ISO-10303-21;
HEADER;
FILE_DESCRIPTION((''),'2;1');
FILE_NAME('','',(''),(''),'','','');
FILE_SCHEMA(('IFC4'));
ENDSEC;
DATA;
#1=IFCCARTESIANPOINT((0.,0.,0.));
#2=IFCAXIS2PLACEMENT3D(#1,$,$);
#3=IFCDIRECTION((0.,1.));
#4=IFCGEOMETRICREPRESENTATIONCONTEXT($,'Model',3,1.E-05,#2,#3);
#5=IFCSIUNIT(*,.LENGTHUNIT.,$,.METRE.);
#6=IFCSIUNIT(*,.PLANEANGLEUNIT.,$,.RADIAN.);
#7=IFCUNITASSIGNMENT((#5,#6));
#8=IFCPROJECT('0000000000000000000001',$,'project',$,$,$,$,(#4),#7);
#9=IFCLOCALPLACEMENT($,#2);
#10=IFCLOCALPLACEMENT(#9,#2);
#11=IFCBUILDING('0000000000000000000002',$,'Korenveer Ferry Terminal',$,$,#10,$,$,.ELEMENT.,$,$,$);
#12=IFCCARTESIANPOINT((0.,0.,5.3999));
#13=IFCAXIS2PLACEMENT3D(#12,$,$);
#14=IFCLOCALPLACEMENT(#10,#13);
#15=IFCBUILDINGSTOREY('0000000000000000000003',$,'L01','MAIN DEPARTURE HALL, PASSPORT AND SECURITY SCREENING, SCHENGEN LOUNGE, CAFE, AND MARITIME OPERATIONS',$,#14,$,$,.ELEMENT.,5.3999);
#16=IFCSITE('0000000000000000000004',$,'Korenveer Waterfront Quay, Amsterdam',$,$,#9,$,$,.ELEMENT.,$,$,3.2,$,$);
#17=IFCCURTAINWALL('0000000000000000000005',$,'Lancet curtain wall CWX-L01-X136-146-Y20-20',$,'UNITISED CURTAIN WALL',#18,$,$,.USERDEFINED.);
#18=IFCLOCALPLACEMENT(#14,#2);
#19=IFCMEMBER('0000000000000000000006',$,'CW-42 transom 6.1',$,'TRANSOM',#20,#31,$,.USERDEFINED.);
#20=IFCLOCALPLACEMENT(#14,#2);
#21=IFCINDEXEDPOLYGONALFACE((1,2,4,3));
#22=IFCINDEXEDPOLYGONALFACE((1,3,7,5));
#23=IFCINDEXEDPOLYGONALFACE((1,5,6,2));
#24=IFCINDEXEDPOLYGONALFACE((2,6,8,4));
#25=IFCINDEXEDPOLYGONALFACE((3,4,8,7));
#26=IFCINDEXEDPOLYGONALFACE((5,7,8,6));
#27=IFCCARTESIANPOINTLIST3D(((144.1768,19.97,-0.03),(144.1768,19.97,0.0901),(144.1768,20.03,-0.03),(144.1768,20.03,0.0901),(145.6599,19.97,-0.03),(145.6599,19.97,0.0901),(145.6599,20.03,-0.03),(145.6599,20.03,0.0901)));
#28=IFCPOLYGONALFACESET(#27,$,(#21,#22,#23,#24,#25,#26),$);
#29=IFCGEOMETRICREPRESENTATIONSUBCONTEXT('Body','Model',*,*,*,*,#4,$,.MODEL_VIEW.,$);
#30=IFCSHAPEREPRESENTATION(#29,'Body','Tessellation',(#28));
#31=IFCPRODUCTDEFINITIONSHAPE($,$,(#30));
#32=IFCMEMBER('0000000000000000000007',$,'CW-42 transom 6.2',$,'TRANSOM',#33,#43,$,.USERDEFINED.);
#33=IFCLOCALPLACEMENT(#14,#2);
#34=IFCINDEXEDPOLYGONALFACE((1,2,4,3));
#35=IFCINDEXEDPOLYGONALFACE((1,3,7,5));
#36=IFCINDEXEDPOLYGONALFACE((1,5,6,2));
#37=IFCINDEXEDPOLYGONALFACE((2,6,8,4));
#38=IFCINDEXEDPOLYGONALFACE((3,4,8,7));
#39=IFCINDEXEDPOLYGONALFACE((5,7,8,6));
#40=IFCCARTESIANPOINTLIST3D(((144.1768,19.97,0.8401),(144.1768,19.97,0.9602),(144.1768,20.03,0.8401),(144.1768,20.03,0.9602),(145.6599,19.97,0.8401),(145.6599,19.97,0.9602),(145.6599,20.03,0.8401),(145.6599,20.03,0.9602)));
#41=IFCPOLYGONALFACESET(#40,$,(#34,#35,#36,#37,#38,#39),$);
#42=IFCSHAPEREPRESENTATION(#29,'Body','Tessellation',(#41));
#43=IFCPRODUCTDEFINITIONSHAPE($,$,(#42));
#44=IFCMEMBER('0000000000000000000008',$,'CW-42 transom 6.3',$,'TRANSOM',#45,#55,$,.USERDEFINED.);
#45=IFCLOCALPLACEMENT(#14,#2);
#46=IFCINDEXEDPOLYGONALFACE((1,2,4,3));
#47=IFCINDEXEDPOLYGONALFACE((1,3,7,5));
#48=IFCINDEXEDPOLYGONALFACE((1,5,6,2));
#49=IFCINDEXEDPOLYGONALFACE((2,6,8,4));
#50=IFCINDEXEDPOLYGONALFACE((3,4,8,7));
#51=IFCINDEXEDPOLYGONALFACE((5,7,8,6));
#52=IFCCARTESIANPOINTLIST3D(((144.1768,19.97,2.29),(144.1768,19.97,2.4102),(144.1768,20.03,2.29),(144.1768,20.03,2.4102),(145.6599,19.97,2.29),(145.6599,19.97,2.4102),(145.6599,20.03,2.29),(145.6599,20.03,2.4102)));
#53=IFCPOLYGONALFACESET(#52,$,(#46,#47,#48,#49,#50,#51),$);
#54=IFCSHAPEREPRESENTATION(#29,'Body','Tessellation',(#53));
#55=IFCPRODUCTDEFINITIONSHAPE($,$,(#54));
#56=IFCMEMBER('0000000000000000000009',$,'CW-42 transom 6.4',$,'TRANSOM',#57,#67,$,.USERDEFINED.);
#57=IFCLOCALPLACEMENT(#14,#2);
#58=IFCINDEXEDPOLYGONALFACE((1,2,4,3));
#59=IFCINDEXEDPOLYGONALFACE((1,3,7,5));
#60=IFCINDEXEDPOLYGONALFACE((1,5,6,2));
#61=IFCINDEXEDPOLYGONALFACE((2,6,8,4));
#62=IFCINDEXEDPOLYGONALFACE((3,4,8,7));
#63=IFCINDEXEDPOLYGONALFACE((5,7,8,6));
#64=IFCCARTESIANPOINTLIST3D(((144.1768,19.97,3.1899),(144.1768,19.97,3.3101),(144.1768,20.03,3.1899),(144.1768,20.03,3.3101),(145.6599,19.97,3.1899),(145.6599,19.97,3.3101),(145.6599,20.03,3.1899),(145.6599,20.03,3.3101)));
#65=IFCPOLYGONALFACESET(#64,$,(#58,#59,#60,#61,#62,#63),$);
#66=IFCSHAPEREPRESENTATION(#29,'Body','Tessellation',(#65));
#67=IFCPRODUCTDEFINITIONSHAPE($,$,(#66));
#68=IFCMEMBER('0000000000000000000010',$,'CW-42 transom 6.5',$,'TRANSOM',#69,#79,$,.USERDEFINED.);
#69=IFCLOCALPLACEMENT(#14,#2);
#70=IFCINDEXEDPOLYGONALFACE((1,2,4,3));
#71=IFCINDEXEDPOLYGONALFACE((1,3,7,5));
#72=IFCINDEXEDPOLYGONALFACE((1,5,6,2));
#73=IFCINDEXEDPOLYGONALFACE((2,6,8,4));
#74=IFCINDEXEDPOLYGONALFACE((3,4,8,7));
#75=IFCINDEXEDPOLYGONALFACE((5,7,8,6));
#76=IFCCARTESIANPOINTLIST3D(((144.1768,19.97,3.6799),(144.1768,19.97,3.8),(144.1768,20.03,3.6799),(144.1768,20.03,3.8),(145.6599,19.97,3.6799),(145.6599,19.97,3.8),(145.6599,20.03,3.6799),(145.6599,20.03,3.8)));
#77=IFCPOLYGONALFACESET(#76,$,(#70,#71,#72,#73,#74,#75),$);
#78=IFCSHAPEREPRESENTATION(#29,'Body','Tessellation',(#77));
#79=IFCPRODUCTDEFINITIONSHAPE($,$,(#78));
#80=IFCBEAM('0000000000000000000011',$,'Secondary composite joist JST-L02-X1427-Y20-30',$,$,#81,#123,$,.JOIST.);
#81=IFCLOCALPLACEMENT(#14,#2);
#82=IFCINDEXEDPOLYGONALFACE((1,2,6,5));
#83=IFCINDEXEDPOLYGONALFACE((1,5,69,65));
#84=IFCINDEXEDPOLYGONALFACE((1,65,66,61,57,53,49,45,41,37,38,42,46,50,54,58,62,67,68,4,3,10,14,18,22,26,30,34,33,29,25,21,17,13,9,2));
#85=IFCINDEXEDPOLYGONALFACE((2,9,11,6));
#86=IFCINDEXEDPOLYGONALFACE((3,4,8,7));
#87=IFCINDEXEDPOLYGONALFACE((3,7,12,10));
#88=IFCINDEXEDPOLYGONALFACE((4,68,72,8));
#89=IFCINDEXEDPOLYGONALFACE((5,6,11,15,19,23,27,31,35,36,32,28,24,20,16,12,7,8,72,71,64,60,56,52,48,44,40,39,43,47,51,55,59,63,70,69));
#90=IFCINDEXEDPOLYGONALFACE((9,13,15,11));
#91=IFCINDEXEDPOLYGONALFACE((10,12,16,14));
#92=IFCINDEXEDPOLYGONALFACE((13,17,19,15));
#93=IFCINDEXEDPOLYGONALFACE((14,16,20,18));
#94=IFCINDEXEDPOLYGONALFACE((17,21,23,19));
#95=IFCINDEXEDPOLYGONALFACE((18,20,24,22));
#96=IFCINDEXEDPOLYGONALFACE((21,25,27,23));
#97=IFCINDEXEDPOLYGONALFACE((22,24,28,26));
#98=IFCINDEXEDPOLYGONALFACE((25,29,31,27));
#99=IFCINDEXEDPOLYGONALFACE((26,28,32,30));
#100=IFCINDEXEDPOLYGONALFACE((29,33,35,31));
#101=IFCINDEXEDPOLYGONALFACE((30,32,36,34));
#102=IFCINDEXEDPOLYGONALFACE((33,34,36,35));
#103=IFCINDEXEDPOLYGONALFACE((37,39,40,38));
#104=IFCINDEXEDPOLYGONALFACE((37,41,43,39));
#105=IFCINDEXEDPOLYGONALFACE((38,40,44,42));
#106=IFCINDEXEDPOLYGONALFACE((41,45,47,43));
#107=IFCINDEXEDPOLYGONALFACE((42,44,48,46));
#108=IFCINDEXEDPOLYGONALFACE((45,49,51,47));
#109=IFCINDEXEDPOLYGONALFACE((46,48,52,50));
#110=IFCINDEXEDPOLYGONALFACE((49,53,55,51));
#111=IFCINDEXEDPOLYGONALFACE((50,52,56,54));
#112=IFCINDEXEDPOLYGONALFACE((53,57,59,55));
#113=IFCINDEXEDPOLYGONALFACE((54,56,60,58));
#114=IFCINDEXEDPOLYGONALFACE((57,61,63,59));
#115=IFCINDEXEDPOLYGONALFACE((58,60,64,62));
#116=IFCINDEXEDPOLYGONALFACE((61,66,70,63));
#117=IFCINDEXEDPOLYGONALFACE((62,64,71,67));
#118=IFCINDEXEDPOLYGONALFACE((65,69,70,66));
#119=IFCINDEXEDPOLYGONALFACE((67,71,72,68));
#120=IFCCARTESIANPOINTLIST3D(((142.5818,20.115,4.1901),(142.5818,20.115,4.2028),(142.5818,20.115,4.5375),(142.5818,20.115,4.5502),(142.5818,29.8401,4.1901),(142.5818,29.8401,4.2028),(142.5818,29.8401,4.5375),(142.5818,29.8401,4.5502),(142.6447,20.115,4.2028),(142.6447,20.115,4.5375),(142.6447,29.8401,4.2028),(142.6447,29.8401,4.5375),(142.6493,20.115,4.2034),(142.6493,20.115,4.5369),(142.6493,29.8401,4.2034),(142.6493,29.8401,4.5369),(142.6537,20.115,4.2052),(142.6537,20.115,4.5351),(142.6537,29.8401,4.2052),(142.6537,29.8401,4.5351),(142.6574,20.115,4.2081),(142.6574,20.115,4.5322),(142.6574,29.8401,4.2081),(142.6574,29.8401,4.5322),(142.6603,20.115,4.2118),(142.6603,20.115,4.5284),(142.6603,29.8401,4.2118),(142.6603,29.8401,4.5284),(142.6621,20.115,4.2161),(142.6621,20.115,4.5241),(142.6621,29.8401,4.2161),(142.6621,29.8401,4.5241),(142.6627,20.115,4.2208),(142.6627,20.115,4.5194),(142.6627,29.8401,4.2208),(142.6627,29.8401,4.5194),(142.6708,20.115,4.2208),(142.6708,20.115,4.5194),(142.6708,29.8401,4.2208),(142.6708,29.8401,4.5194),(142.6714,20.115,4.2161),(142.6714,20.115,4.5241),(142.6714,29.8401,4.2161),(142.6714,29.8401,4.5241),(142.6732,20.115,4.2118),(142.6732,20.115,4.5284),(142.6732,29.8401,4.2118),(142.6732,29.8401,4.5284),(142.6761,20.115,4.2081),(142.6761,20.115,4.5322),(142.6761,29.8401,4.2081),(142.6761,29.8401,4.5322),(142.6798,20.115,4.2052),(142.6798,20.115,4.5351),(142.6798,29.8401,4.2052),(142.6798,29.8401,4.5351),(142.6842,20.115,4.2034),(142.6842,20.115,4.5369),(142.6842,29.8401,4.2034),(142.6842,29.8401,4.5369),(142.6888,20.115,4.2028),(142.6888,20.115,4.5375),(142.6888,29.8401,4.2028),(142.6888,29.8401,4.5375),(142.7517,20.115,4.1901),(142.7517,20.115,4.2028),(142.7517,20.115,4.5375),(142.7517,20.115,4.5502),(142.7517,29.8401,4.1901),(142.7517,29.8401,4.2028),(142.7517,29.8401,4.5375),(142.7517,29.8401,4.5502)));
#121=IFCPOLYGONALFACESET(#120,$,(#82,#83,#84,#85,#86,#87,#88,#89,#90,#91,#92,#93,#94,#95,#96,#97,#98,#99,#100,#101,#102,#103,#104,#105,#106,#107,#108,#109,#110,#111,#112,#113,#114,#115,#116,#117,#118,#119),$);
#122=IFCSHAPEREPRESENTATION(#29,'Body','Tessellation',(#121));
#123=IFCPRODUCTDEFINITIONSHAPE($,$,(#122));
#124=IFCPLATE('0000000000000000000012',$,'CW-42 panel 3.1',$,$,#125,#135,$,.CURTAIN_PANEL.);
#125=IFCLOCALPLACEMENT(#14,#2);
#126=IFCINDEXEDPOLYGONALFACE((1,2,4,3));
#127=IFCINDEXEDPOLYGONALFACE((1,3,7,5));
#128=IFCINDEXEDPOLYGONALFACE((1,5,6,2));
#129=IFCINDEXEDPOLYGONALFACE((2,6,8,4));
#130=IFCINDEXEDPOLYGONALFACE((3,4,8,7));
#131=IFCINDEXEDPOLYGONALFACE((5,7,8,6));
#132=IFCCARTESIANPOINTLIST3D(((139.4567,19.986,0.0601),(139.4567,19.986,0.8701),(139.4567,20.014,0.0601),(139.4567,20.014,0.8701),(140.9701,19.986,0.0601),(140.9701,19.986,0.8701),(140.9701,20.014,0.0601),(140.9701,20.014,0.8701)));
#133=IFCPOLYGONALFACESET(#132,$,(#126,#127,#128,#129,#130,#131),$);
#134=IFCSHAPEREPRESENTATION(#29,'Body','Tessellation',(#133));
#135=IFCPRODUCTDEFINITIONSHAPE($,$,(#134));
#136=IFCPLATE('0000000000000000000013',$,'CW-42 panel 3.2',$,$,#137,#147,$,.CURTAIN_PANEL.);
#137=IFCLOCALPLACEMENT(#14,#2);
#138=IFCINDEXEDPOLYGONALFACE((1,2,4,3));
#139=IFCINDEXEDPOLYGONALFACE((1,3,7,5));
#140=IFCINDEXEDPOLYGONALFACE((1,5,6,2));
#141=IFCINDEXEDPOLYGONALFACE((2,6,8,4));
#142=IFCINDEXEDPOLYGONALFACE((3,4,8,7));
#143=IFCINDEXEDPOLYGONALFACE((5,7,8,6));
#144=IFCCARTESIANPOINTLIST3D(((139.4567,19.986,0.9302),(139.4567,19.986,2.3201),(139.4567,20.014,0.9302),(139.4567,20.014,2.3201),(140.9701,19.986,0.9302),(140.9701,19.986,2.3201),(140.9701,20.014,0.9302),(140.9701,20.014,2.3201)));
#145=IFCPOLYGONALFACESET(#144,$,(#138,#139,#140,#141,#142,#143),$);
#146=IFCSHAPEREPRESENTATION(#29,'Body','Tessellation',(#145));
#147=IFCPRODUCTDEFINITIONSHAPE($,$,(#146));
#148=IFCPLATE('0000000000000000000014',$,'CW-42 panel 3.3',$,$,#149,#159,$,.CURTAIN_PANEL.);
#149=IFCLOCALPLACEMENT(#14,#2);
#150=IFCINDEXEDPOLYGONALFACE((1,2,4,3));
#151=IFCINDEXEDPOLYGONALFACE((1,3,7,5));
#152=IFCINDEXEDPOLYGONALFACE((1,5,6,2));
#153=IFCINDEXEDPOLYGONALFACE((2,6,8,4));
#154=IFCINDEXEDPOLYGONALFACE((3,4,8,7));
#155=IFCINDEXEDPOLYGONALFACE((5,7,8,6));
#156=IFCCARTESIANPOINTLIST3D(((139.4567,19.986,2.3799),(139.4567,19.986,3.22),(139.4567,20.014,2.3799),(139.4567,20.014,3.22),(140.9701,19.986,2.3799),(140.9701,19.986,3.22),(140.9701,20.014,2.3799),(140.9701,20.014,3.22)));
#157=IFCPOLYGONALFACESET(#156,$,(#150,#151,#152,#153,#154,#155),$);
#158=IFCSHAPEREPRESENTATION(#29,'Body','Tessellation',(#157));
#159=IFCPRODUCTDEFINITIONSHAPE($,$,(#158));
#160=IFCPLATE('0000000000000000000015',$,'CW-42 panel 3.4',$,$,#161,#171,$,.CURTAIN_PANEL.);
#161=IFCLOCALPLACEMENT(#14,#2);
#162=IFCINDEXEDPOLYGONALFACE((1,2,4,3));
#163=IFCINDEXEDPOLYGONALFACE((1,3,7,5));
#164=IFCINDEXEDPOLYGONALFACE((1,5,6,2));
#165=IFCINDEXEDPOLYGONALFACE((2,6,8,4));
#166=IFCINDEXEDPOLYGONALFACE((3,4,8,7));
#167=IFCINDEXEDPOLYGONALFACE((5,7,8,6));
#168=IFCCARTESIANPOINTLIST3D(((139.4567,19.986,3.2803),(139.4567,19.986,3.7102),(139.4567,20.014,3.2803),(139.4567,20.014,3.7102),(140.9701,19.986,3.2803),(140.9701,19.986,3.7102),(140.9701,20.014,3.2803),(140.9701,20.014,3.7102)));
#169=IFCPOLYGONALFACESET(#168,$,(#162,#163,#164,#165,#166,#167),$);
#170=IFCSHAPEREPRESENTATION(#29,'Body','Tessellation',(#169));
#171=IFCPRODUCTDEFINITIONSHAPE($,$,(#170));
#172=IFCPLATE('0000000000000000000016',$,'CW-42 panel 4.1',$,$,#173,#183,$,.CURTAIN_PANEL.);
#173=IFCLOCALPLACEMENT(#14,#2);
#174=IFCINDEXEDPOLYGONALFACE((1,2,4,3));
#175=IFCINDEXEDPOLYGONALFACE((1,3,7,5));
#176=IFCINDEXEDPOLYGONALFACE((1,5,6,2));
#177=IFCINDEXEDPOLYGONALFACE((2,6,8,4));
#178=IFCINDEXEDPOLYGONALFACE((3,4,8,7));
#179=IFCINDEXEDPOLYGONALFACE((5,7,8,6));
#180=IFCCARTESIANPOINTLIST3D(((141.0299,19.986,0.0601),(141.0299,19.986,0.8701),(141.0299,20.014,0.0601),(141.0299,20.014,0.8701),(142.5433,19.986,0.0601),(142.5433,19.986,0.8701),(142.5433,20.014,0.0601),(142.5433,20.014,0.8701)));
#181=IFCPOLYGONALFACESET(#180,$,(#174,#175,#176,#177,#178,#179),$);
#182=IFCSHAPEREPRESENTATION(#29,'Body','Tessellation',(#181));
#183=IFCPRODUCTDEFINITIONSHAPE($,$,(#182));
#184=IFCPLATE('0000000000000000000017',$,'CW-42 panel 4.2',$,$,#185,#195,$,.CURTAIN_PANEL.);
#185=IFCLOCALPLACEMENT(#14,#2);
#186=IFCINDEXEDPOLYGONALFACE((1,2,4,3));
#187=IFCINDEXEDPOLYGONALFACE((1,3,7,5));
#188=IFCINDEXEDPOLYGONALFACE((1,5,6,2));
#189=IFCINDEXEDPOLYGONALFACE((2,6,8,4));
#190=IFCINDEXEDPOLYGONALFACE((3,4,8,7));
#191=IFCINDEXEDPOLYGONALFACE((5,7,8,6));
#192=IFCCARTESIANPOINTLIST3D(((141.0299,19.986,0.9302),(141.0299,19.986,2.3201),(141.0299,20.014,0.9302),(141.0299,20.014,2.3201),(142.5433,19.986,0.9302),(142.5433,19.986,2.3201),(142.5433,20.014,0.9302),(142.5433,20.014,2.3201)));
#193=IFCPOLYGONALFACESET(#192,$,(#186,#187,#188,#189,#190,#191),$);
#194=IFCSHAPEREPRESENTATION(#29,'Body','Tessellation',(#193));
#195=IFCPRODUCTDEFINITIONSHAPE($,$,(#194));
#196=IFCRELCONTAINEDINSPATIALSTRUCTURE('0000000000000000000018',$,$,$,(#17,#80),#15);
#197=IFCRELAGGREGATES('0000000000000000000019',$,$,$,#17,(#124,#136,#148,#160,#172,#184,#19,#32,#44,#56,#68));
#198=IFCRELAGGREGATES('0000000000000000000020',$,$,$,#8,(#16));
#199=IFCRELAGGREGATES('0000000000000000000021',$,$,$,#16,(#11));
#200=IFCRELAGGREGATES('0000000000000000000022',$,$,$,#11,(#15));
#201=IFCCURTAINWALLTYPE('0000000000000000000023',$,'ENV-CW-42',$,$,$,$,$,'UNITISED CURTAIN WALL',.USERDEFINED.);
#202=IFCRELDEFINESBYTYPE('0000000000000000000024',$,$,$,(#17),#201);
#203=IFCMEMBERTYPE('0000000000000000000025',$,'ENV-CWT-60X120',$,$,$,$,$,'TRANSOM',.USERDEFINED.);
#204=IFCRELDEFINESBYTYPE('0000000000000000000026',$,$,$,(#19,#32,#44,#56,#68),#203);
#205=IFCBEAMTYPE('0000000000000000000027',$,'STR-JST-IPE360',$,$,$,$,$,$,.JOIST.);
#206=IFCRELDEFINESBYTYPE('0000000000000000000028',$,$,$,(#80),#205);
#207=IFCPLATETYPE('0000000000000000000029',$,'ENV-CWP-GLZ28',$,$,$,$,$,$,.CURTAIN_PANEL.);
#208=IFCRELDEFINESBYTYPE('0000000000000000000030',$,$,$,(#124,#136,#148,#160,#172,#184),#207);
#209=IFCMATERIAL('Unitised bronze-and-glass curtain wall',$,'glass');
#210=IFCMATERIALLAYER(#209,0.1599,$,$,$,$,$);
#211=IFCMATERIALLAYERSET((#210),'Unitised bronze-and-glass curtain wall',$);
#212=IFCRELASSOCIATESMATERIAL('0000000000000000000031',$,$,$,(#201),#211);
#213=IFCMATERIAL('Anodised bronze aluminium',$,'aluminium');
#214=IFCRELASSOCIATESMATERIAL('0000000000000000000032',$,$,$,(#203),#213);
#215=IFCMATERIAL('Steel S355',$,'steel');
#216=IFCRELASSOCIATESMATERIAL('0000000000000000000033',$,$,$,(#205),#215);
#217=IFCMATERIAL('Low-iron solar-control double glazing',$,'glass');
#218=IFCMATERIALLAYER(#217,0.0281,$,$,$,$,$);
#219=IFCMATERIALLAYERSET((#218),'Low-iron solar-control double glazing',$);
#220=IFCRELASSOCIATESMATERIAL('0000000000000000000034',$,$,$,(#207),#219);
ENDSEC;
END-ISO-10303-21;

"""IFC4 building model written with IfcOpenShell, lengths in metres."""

from ifc_helpers import new_model, si_unit, direction, frame, origin, origin_2d, place, context, subcontext, project, spatial, rectangle, i_section, extrude, material, layer, layer_set, material_profile, profile_set, type_object, element, aggregate, save


model = new_model("IFC4")

# Units and contexts
model_context = context("Model", 3, precision=1e-05, world=origin(), true_north=direction((0.0, 1.0)))
body_context = subcontext(model_context, "Body", "Model", "MODEL_VIEW")
ifc_project = project(units=[si_unit("LENGTHUNIT", "METRE"), si_unit("PLANEANGLEUNIT", "RADIAN")], contexts=[model_context])

# Site, building, storey
site_placement = place(None, origin())
site = spatial("IfcSite", under=ifc_project, at=site_placement, Name="Korenveer Waterfront Quay, Amsterdam", CompositionType="ELEMENT", RefElevation=3.2)
building_placement = place(site_placement, origin())
building = spatial("IfcBuilding", under=site, at=building_placement, Name="Korenveer Ferry Terminal", CompositionType="ELEMENT")
storey_placement = place(building_placement, frame((0.0, 0.0, 5.3999)))
storey = spatial("IfcBuildingStorey", under=building, at=storey_placement, Name="L01", Description="MAIN DEPARTURE HALL, PASSPORT AND SECURITY SCREENING, SCHENGEN LOUNGE, CAFE, AND MARITIME OPERATIONS", CompositionType="ELEMENT", Elevation=5.3999)

# Curtain wall, members
ifc_material_1 = material(Name="Unitised bronze-and-glass curtain wall", Category="glass")
ifc_layer_1 = layer(ifc_material_1, 0.1599)
ifc_layer_set_1 = layer_set([ifc_layer_1], Name="Unitised bronze-and-glass curtain wall")
curtain_wall_type = type_object("IfcCurtainWallType", Name="ENV-CW-42", ElementType="UNITISED CURTAIN WALL", PredefinedType="USERDEFINED", material=ifc_layer_set_1)
curtain_wall_placement = place(storey_placement, frame((136.28, 20.0, 0.0)))
curtain_wall = element("IfcCurtainWall", 1, at=curtain_wall_placement, inside=storey, type_object=curtain_wall_type, Name="Lancet curtain wall CWX-L01-X136-146-Y20-20", ObjectType="UNITISED CURTAIN WALL", PredefinedType="USERDEFINED")
ifc_material_2 = material(Name="Anodised bronze aluminium", Category="aluminium")
ifc_material_profile_1 = material_profile(ifc_material_2, rectangle(XDim=0.0601, YDim=0.1201, at=origin_2d()), Name="ALU 60x120")
ifc_profile_set_1 = profile_set([ifc_material_profile_1], Name="Anodised bronze aluminium")
member_type_1 = type_object("IfcMemberType", Name="ENV-CWT-60X120", ElementType="TRANSOM", PredefinedType="USERDEFINED", material=ifc_profile_set_1)
member_1_placement = place(storey_placement, frame((144.1768, 20.0, 0.03), z_axis=(1.0, 0.0, 0.0), x_axis=(0.0, 1.0, 0.0)))
member_1 = element("IfcMember", 2, at=member_1_placement, type_object=member_type_1, Name="CW-42 transom 6.1", ObjectType="TRANSOM", PredefinedType="USERDEFINED", context=body_context, shape_type="SweptSolid", body=[
    extrude(rectangle(XDim=0.0601, YDim=0.1201, at=origin_2d()), origin(), (0.0, 0.0, 1.0), 1.4832),
])
member_2_placement = place(storey_placement, frame((144.1768, 20.0, 0.9001), z_axis=(1.0, 0.0, 0.0), x_axis=(0.0, 1.0, 0.0)))
member_2 = element("IfcMember", 3, at=member_2_placement, type_object=member_type_1, Name="CW-42 transom 6.2", ObjectType="TRANSOM", PredefinedType="USERDEFINED", context=body_context, shape_type="SweptSolid", body=[
    extrude(rectangle(XDim=0.0601, YDim=0.1201, at=origin_2d()), origin(), (0.0, 0.0, 1.0), 1.4832),
])
member_3_placement = place(storey_placement, frame((144.1768, 20.0, 2.3501), z_axis=(1.0, 0.0, 0.0), x_axis=(0.0, 1.0, 0.0)))
member_3 = element("IfcMember", 4, at=member_3_placement, type_object=member_type_1, Name="CW-42 transom 6.3", ObjectType="TRANSOM", PredefinedType="USERDEFINED", context=body_context, shape_type="SweptSolid", body=[
    extrude(rectangle(XDim=0.0601, YDim=0.1201, at=origin_2d()), origin(), (0.0, 0.0, 1.0), 1.4832),
])
member_4_placement = place(storey_placement, frame((144.1768, 20.0, 3.25), z_axis=(1.0, 0.0, 0.0), x_axis=(0.0, 1.0, 0.0)))
member_4 = element("IfcMember", 5, at=member_4_placement, type_object=member_type_1, Name="CW-42 transom 6.4", ObjectType="TRANSOM", PredefinedType="USERDEFINED", context=body_context, shape_type="SweptSolid", body=[
    extrude(rectangle(XDim=0.0601, YDim=0.1201, at=origin_2d()), origin(), (0.0, 0.0, 1.0), 1.4832),
])
member_5_placement = place(storey_placement, frame((144.1768, 20.0, 3.74), z_axis=(1.0, 0.0, 0.0), x_axis=(0.0, 1.0, 0.0)))
member_5 = element("IfcMember", 6, at=member_5_placement, type_object=member_type_1, Name="CW-42 transom 6.5", ObjectType="TRANSOM", PredefinedType="USERDEFINED", context=body_context, shape_type="SweptSolid", body=[
    extrude(rectangle(XDim=0.0601, YDim=0.1201, at=origin_2d()), origin(), (0.0, 0.0, 1.0), 1.4832),
])

# Beam
ifc_material_3 = material(Name="Steel S355", Category="steel")
ifc_material_profile_2 = material_profile(ifc_material_3, i_section(OverallWidth=0.1699, OverallDepth=0.3601, WebThickness=0.0081, FlangeThickness=0.0127, FilletRadius=0.0181, at=origin_2d()), Name="IPE 360")
ifc_profile_set_2 = profile_set([ifc_material_profile_2], Name="Steel S355")
beam_type = type_object("IfcBeamType", Name="STR-JST-IPE360", PredefinedType="JOIST", material=ifc_profile_set_2)
beam_placement = place(storey_placement, frame((142.6667, 20.115, 4.3701), z_axis=(0.0, 1.0, 0.0), x_axis=(-1.0, 0.0, 0.0)))
element("IfcBeam", 7, at=beam_placement, inside=storey, type_object=beam_type, Name="Secondary composite joist JST-L02-X1427-Y20-30", PredefinedType="JOIST", context=body_context, shape_type="SweptSolid", body=[
    extrude(i_section(OverallWidth=0.1699, OverallDepth=0.3601, WebThickness=0.0081, FlangeThickness=0.0127, FilletRadius=0.0181, at=origin_2d()), origin(), (0.0, 0.0, 1.0), 9.7251),
])

# Plates
ifc_material_4 = material(Name="Low-iron solar-control double glazing", Category="glass")
ifc_layer_2 = layer(ifc_material_4, 0.0281)
ifc_layer_set_2 = layer_set([ifc_layer_2], Name="Low-iron solar-control double glazing")
plate_type = type_object("IfcPlateType", Name="ENV-CWP-GLZ28", PredefinedType="CURTAIN_PANEL", material=ifc_layer_set_2)
plate_1_placement = place(storey_placement, frame((140.2134, 20.0, 0.0601), z_axis=(0.0, 0.0, 1.0), x_axis=(1.0, 0.0, 0.0)))
plate_1 = element("IfcPlate", 8, at=plate_1_placement, type_object=plate_type, Name="CW-42 panel 3.1", PredefinedType="CURTAIN_PANEL", context=body_context, shape_type="SweptSolid", body=[
    extrude(rectangle(XDim=1.5134, YDim=0.0281, at=origin_2d()), origin(), (0.0, 0.0, 1.0), 0.8101),
])
plate_2_placement = place(storey_placement, frame((140.2134, 20.0, 0.9302), z_axis=(0.0, 0.0, 1.0), x_axis=(1.0, 0.0, 0.0)))
plate_2 = element("IfcPlate", 9, at=plate_2_placement, type_object=plate_type, Name="CW-42 panel 3.2", PredefinedType="CURTAIN_PANEL", context=body_context, shape_type="SweptSolid", body=[
    extrude(rectangle(XDim=1.5134, YDim=0.0281, at=origin_2d()), origin(), (0.0, 0.0, 1.0), 1.3899),
])
plate_3_placement = place(storey_placement, frame((140.2134, 20.0, 2.3799), z_axis=(0.0, 0.0, 1.0), x_axis=(1.0, 0.0, 0.0)))
plate_3 = element("IfcPlate", 10, at=plate_3_placement, type_object=plate_type, Name="CW-42 panel 3.3", PredefinedType="CURTAIN_PANEL", context=body_context, shape_type="SweptSolid", body=[
    extrude(rectangle(XDim=1.5134, YDim=0.0281, at=origin_2d()), origin(), (0.0, 0.0, 1.0), 0.8401),
])
plate_4_placement = place(storey_placement, frame((140.2134, 20.0, 3.2803), z_axis=(0.0, 0.0, 1.0), x_axis=(1.0, 0.0, 0.0)))
plate_4 = element("IfcPlate", 11, at=plate_4_placement, type_object=plate_type, Name="CW-42 panel 3.4", PredefinedType="CURTAIN_PANEL", context=body_context, shape_type="SweptSolid", body=[
    extrude(rectangle(XDim=1.5134, YDim=0.0281, at=origin_2d()), origin(), (0.0, 0.0, 1.0), 0.4299),
])
plate_5_placement = place(storey_placement, frame((141.7866, 20.0, 0.0601), z_axis=(0.0, 0.0, 1.0), x_axis=(1.0, 0.0, 0.0)))
plate_5 = element("IfcPlate", 12, at=plate_5_placement, type_object=plate_type, Name="CW-42 panel 4.1", PredefinedType="CURTAIN_PANEL", context=body_context, shape_type="SweptSolid", body=[
    extrude(rectangle(XDim=1.5134, YDim=0.0281, at=origin_2d()), origin(), (0.0, 0.0, 1.0), 0.8101),
])
plate_6_placement = place(storey_placement, frame((141.7866, 20.0, 0.9302), z_axis=(0.0, 0.0, 1.0), x_axis=(1.0, 0.0, 0.0)))
plate_6 = element("IfcPlate", 13, at=plate_6_placement, type_object=plate_type, Name="CW-42 panel 4.2", PredefinedType="CURTAIN_PANEL", context=body_context, shape_type="SweptSolid", body=[
    extrude(rectangle(XDim=1.5134, YDim=0.0281, at=origin_2d()), origin(), (0.0, 0.0, 1.0), 1.3899),
])
aggregate(curtain_wall, [plate_1, plate_2, plate_3, plate_4, plate_5, plate_6, member_1, member_2, member_3, member_4, member_5])

save(model, "model.ifc")
